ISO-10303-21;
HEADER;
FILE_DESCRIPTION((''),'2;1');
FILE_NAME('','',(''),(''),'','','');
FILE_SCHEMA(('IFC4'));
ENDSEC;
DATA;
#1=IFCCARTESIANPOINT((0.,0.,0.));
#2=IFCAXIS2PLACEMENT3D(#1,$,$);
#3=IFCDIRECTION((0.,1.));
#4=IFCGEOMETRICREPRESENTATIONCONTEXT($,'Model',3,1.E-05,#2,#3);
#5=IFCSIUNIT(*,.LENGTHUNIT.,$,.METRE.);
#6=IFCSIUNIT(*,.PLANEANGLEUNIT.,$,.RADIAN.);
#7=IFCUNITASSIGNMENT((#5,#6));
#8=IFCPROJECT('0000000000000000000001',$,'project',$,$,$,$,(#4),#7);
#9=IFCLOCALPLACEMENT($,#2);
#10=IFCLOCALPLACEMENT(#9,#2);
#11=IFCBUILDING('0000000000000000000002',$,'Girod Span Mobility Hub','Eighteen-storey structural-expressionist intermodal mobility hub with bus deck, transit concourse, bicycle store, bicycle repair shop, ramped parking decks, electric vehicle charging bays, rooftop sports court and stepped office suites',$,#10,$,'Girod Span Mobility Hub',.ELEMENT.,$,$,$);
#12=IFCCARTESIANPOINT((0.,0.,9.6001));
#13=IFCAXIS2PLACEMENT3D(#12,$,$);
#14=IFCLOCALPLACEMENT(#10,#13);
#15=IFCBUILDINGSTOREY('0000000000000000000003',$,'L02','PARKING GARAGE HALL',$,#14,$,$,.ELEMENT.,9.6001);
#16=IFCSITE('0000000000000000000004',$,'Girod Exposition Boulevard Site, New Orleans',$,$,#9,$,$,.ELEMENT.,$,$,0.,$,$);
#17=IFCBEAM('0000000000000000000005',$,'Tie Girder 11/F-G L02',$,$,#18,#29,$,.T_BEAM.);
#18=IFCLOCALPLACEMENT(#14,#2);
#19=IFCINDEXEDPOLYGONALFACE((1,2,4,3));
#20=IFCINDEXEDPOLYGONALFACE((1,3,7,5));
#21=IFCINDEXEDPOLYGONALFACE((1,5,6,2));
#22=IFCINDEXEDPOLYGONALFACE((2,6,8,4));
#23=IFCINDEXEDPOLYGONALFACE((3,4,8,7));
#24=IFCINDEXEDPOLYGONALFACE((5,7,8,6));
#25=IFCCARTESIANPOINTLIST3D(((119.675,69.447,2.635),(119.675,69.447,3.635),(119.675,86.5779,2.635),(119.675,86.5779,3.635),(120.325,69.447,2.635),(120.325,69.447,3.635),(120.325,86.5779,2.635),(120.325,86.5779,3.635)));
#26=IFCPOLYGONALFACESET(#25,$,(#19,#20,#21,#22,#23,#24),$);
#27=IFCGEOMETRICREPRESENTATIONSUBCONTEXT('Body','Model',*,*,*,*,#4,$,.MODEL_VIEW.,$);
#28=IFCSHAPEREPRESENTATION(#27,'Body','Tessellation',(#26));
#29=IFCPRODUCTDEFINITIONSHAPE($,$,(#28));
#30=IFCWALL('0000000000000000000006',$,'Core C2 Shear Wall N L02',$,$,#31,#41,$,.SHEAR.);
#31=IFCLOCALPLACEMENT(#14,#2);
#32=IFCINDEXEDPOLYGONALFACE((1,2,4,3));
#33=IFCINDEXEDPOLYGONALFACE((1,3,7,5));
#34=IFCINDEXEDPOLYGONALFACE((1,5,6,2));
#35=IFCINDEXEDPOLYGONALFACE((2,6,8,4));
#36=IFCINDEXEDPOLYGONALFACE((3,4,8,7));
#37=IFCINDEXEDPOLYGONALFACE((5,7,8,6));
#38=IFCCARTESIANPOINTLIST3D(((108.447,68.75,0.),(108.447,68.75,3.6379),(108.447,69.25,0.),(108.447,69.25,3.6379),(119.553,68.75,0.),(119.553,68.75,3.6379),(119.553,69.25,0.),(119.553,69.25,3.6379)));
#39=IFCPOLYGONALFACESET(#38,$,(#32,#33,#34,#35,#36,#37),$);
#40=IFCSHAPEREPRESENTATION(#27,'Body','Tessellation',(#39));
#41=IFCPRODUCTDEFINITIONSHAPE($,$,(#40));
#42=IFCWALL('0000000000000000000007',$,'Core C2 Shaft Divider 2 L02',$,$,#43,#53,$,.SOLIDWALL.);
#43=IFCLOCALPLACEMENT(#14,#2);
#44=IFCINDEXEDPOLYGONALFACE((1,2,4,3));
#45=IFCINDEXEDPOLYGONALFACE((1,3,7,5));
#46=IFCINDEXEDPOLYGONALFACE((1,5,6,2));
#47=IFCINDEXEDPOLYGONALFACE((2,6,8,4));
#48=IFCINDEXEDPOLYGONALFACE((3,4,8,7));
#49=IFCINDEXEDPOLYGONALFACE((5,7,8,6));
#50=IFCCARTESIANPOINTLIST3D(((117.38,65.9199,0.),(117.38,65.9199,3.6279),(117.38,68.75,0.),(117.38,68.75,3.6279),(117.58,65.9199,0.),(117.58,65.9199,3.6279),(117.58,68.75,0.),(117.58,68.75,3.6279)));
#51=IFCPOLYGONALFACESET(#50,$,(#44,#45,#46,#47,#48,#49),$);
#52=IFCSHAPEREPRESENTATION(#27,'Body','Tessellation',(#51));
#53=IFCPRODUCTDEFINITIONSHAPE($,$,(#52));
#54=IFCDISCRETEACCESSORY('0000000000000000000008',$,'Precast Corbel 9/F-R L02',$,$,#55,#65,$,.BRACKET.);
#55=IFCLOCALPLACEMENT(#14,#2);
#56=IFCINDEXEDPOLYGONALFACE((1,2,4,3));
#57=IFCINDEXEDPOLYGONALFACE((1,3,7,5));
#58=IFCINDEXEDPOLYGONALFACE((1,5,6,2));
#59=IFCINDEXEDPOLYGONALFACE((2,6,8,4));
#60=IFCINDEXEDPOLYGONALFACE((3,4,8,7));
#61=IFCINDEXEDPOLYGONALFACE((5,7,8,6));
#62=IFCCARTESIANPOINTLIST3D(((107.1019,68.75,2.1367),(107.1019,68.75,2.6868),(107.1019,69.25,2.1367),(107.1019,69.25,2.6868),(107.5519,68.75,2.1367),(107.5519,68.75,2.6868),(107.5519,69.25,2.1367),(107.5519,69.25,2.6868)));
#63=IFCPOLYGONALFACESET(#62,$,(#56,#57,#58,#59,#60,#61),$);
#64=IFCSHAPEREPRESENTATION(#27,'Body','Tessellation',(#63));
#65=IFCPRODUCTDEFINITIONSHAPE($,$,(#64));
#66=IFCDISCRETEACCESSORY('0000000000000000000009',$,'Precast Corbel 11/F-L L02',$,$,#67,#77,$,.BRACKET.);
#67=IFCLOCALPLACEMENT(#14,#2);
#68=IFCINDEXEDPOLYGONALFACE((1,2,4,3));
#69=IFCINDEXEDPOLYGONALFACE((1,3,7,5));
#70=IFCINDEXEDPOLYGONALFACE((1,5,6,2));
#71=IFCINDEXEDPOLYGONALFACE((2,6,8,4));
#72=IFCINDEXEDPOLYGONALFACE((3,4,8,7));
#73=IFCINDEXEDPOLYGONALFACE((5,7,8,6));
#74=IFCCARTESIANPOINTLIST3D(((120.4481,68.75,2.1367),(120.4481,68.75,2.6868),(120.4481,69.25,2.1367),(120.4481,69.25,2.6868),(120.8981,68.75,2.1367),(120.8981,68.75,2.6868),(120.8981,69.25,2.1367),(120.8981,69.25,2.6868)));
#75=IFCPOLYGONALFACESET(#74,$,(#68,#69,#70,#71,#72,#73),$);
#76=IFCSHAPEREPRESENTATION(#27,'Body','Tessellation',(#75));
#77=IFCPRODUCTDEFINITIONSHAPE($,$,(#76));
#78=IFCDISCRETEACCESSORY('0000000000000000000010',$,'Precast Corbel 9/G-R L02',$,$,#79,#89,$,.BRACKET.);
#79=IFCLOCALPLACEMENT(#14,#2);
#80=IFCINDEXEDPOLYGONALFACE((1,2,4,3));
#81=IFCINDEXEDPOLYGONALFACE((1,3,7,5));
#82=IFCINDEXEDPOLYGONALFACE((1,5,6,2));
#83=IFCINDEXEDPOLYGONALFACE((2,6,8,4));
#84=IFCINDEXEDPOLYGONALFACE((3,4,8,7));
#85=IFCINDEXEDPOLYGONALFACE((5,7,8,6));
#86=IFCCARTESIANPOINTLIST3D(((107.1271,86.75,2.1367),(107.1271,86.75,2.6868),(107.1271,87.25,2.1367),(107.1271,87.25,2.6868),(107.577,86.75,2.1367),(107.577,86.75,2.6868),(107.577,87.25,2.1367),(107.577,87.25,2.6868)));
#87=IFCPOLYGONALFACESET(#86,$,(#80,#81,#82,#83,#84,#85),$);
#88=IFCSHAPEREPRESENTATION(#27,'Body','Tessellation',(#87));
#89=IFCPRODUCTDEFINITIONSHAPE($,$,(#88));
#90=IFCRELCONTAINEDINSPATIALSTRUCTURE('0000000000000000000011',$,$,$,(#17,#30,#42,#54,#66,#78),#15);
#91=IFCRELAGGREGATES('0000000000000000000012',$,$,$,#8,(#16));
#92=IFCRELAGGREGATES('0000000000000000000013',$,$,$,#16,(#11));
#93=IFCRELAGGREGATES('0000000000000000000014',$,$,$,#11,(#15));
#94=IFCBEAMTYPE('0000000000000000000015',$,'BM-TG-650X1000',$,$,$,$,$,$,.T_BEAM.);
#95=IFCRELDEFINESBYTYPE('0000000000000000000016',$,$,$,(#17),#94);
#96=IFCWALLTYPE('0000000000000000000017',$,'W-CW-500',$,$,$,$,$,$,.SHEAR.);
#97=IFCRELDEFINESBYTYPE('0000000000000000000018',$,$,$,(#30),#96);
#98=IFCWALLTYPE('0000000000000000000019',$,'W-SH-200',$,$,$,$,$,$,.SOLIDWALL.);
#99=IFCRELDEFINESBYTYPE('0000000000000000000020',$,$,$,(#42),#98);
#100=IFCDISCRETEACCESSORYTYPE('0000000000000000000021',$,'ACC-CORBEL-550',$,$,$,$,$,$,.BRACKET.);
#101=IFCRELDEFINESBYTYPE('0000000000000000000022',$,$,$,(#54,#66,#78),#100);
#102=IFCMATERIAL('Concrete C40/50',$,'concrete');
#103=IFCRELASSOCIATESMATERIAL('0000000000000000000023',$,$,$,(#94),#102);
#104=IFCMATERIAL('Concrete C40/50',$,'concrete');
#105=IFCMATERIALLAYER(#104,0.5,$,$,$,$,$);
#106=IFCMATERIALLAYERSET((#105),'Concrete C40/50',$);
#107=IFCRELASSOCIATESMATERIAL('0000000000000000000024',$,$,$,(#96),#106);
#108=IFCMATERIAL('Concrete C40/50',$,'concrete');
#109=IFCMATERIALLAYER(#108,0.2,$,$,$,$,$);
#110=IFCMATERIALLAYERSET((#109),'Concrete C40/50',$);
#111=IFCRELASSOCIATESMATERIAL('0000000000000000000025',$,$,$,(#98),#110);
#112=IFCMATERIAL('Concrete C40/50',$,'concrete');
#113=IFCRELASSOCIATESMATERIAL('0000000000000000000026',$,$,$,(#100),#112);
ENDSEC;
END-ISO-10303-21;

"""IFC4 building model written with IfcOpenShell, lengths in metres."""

from ifc_helpers import new_model, si_unit, direction, frame, frame_2d, origin, origin_2d, place, context, subcontext, project, spatial, rectangle, extrude, material, layer, layer_set, material_profile, profile_set, type_object, element, save


model = new_model("IFC4")

# Units and contexts
model_context = context("Model", 3, precision=1e-05, world=origin(), true_north=direction((0.0, 1.0)))
body_context = subcontext(model_context, "Body", "Model", "MODEL_VIEW")
ifc_project = project(units=[si_unit("LENGTHUNIT", "METRE"), si_unit("PLANEANGLEUNIT", "RADIAN")], contexts=[model_context])

# Site, building, storey
site_placement = place(None, origin())
site = spatial("IfcSite", under=ifc_project, at=site_placement, Name="Girod Exposition Boulevard Site, New Orleans", CompositionType="ELEMENT", RefElevation=0.0)
building_placement = place(site_placement, origin())
building = spatial("IfcBuilding", under=site, at=building_placement, Name="Girod Span Mobility Hub", Description="Eighteen-storey structural-expressionist intermodal mobility hub with bus deck, transit concourse, bicycle store, bicycle repair shop, ramped parking decks, electric vehicle charging bays, rooftop sports court and stepped office suites", LongName="Girod Span Mobility Hub", CompositionType="ELEMENT")
storey_placement = place(building_placement, frame((0.0, 0.0, 9.6001)))
storey = spatial("IfcBuildingStorey", under=building, at=storey_placement, Name="L02", Description="PARKING GARAGE HALL", CompositionType="ELEMENT", Elevation=9.6001)

# Beam
ifc_material_1 = material(Name="Concrete C40/50", Category="concrete")
ifc_material_profile_1 = material_profile(ifc_material_1, rectangle(XDim=0.6499, YDim=1.0, at=origin_2d()), Name="TG-650X1000")
ifc_profile_set_1 = profile_set([ifc_material_profile_1], Name="Concrete C40/50")
beam_type_1 = type_object("IfcBeamType", Name="BM-TG-650X1000", PredefinedType="T_BEAM", material=ifc_profile_set_1)
for number, where, z_axis, x_axis, name in (
    (1, (120.0, 69.447, 3.135), (0.0, 1.0, 0.0), (-1.0, 0.0, 0.0), "Tie Girder 11/F-G L02"),
):
    element("IfcBeam", number, at=place(storey_placement, frame(where, z_axis=z_axis, x_axis=x_axis)), inside=storey, type_object=beam_type_1, Name=name, PredefinedType="T_BEAM", context=body_context, shape_type="SweptSolid", body=[
        extrude(rectangle(XDim=0.6499, YDim=1.0, at=origin_2d()), origin(), (0.0, 0.0, 1.0), 17.1309),
    ])

# Walls
ifc_material_2 = material(Name="Concrete C40/50", Category="concrete")
ifc_layer_1 = layer(ifc_material_2, 0.5)
ifc_layer_set_1 = layer_set([ifc_layer_1], Name="Concrete C40/50")
wall_type_1 = type_object("IfcWallType", Name="W-CW-500", PredefinedType="SHEAR", material=ifc_layer_set_1)
wall_1_placement = place(storey_placement, frame((108.447, 69.0, 0.0), z_axis=(0.0, 0.0, 1.0), x_axis=(1.0, 0.0, 0.0)))
element("IfcWall", 2, at=wall_1_placement, inside=storey, type_object=wall_type_1, Name="Core C2 Shear Wall N L02", PredefinedType="SHEAR", context=body_context, shape_type="SweptSolid", body=[
    extrude(rectangle(XDim=11.106, YDim=0.5, at=frame_2d((5.553, 0.0))), origin(), (0.0, 0.0, 1.0), 3.6379),
])
ifc_material_3 = material(Name="Concrete C40/50", Category="concrete")
ifc_layer_2 = layer(ifc_material_3, 0.2)
ifc_layer_set_2 = layer_set([ifc_layer_2], Name="Concrete C40/50")
wall_type_2 = type_object("IfcWallType", Name="W-SH-200", PredefinedType="SOLIDWALL", material=ifc_layer_set_2)
wall_2_placement = place(storey_placement, frame((117.48, 65.9199, 0.0), z_axis=(0.0, 0.0, 1.0), x_axis=(0.0, 1.0, 0.0)))
element("IfcWall", 3, at=wall_2_placement, inside=storey, type_object=wall_type_2, Name="Core C2 Shaft Divider 2 L02", PredefinedType="SOLIDWALL", context=body_context, shape_type="SweptSolid", body=[
    extrude(rectangle(XDim=2.8301, YDim=0.2, at=frame_2d((1.415, 0.0))), origin(), (0.0, 0.0, 1.0), 3.6279),
])

# Discrete accessories
ifc_material_4 = material(Name="Concrete C40/50", Category="concrete")
discrete_accessory_type = type_object("IfcDiscreteAccessoryType", Name="ACC-CORBEL-550", PredefinedType="BRACKET", material=ifc_material_4)
for number, where, z_axis, x_axis, name in (
    (4, (107.3269, 69.0, 2.1367), (0.0, 0.0, 1.0), (1.0, 0.0, 0.0), "Precast Corbel 9/F-R L02"),
    (5, (120.6731, 69.0, 2.1367), (0.0, 0.0, 1.0), (1.0, 0.0, 0.0), "Precast Corbel 11/F-L L02"),
    (6, (107.3521, 87.0, 2.1367), (0.0, 0.0, 1.0), (1.0, 0.0, 0.0), "Precast Corbel 9/G-R L02"),
):
    element("IfcDiscreteAccessory", number, at=place(storey_placement, frame(where, z_axis=z_axis, x_axis=x_axis)), inside=storey, type_object=discrete_accessory_type, Name=name, PredefinedType="BRACKET", context=body_context, shape_type="SweptSolid", body=[
        extrude(rectangle(XDim=0.45, YDim=0.5, at=origin_2d()), origin(), (0.0, 0.0, 1.0), 0.55),
    ])

save(model, "model.ifc")
